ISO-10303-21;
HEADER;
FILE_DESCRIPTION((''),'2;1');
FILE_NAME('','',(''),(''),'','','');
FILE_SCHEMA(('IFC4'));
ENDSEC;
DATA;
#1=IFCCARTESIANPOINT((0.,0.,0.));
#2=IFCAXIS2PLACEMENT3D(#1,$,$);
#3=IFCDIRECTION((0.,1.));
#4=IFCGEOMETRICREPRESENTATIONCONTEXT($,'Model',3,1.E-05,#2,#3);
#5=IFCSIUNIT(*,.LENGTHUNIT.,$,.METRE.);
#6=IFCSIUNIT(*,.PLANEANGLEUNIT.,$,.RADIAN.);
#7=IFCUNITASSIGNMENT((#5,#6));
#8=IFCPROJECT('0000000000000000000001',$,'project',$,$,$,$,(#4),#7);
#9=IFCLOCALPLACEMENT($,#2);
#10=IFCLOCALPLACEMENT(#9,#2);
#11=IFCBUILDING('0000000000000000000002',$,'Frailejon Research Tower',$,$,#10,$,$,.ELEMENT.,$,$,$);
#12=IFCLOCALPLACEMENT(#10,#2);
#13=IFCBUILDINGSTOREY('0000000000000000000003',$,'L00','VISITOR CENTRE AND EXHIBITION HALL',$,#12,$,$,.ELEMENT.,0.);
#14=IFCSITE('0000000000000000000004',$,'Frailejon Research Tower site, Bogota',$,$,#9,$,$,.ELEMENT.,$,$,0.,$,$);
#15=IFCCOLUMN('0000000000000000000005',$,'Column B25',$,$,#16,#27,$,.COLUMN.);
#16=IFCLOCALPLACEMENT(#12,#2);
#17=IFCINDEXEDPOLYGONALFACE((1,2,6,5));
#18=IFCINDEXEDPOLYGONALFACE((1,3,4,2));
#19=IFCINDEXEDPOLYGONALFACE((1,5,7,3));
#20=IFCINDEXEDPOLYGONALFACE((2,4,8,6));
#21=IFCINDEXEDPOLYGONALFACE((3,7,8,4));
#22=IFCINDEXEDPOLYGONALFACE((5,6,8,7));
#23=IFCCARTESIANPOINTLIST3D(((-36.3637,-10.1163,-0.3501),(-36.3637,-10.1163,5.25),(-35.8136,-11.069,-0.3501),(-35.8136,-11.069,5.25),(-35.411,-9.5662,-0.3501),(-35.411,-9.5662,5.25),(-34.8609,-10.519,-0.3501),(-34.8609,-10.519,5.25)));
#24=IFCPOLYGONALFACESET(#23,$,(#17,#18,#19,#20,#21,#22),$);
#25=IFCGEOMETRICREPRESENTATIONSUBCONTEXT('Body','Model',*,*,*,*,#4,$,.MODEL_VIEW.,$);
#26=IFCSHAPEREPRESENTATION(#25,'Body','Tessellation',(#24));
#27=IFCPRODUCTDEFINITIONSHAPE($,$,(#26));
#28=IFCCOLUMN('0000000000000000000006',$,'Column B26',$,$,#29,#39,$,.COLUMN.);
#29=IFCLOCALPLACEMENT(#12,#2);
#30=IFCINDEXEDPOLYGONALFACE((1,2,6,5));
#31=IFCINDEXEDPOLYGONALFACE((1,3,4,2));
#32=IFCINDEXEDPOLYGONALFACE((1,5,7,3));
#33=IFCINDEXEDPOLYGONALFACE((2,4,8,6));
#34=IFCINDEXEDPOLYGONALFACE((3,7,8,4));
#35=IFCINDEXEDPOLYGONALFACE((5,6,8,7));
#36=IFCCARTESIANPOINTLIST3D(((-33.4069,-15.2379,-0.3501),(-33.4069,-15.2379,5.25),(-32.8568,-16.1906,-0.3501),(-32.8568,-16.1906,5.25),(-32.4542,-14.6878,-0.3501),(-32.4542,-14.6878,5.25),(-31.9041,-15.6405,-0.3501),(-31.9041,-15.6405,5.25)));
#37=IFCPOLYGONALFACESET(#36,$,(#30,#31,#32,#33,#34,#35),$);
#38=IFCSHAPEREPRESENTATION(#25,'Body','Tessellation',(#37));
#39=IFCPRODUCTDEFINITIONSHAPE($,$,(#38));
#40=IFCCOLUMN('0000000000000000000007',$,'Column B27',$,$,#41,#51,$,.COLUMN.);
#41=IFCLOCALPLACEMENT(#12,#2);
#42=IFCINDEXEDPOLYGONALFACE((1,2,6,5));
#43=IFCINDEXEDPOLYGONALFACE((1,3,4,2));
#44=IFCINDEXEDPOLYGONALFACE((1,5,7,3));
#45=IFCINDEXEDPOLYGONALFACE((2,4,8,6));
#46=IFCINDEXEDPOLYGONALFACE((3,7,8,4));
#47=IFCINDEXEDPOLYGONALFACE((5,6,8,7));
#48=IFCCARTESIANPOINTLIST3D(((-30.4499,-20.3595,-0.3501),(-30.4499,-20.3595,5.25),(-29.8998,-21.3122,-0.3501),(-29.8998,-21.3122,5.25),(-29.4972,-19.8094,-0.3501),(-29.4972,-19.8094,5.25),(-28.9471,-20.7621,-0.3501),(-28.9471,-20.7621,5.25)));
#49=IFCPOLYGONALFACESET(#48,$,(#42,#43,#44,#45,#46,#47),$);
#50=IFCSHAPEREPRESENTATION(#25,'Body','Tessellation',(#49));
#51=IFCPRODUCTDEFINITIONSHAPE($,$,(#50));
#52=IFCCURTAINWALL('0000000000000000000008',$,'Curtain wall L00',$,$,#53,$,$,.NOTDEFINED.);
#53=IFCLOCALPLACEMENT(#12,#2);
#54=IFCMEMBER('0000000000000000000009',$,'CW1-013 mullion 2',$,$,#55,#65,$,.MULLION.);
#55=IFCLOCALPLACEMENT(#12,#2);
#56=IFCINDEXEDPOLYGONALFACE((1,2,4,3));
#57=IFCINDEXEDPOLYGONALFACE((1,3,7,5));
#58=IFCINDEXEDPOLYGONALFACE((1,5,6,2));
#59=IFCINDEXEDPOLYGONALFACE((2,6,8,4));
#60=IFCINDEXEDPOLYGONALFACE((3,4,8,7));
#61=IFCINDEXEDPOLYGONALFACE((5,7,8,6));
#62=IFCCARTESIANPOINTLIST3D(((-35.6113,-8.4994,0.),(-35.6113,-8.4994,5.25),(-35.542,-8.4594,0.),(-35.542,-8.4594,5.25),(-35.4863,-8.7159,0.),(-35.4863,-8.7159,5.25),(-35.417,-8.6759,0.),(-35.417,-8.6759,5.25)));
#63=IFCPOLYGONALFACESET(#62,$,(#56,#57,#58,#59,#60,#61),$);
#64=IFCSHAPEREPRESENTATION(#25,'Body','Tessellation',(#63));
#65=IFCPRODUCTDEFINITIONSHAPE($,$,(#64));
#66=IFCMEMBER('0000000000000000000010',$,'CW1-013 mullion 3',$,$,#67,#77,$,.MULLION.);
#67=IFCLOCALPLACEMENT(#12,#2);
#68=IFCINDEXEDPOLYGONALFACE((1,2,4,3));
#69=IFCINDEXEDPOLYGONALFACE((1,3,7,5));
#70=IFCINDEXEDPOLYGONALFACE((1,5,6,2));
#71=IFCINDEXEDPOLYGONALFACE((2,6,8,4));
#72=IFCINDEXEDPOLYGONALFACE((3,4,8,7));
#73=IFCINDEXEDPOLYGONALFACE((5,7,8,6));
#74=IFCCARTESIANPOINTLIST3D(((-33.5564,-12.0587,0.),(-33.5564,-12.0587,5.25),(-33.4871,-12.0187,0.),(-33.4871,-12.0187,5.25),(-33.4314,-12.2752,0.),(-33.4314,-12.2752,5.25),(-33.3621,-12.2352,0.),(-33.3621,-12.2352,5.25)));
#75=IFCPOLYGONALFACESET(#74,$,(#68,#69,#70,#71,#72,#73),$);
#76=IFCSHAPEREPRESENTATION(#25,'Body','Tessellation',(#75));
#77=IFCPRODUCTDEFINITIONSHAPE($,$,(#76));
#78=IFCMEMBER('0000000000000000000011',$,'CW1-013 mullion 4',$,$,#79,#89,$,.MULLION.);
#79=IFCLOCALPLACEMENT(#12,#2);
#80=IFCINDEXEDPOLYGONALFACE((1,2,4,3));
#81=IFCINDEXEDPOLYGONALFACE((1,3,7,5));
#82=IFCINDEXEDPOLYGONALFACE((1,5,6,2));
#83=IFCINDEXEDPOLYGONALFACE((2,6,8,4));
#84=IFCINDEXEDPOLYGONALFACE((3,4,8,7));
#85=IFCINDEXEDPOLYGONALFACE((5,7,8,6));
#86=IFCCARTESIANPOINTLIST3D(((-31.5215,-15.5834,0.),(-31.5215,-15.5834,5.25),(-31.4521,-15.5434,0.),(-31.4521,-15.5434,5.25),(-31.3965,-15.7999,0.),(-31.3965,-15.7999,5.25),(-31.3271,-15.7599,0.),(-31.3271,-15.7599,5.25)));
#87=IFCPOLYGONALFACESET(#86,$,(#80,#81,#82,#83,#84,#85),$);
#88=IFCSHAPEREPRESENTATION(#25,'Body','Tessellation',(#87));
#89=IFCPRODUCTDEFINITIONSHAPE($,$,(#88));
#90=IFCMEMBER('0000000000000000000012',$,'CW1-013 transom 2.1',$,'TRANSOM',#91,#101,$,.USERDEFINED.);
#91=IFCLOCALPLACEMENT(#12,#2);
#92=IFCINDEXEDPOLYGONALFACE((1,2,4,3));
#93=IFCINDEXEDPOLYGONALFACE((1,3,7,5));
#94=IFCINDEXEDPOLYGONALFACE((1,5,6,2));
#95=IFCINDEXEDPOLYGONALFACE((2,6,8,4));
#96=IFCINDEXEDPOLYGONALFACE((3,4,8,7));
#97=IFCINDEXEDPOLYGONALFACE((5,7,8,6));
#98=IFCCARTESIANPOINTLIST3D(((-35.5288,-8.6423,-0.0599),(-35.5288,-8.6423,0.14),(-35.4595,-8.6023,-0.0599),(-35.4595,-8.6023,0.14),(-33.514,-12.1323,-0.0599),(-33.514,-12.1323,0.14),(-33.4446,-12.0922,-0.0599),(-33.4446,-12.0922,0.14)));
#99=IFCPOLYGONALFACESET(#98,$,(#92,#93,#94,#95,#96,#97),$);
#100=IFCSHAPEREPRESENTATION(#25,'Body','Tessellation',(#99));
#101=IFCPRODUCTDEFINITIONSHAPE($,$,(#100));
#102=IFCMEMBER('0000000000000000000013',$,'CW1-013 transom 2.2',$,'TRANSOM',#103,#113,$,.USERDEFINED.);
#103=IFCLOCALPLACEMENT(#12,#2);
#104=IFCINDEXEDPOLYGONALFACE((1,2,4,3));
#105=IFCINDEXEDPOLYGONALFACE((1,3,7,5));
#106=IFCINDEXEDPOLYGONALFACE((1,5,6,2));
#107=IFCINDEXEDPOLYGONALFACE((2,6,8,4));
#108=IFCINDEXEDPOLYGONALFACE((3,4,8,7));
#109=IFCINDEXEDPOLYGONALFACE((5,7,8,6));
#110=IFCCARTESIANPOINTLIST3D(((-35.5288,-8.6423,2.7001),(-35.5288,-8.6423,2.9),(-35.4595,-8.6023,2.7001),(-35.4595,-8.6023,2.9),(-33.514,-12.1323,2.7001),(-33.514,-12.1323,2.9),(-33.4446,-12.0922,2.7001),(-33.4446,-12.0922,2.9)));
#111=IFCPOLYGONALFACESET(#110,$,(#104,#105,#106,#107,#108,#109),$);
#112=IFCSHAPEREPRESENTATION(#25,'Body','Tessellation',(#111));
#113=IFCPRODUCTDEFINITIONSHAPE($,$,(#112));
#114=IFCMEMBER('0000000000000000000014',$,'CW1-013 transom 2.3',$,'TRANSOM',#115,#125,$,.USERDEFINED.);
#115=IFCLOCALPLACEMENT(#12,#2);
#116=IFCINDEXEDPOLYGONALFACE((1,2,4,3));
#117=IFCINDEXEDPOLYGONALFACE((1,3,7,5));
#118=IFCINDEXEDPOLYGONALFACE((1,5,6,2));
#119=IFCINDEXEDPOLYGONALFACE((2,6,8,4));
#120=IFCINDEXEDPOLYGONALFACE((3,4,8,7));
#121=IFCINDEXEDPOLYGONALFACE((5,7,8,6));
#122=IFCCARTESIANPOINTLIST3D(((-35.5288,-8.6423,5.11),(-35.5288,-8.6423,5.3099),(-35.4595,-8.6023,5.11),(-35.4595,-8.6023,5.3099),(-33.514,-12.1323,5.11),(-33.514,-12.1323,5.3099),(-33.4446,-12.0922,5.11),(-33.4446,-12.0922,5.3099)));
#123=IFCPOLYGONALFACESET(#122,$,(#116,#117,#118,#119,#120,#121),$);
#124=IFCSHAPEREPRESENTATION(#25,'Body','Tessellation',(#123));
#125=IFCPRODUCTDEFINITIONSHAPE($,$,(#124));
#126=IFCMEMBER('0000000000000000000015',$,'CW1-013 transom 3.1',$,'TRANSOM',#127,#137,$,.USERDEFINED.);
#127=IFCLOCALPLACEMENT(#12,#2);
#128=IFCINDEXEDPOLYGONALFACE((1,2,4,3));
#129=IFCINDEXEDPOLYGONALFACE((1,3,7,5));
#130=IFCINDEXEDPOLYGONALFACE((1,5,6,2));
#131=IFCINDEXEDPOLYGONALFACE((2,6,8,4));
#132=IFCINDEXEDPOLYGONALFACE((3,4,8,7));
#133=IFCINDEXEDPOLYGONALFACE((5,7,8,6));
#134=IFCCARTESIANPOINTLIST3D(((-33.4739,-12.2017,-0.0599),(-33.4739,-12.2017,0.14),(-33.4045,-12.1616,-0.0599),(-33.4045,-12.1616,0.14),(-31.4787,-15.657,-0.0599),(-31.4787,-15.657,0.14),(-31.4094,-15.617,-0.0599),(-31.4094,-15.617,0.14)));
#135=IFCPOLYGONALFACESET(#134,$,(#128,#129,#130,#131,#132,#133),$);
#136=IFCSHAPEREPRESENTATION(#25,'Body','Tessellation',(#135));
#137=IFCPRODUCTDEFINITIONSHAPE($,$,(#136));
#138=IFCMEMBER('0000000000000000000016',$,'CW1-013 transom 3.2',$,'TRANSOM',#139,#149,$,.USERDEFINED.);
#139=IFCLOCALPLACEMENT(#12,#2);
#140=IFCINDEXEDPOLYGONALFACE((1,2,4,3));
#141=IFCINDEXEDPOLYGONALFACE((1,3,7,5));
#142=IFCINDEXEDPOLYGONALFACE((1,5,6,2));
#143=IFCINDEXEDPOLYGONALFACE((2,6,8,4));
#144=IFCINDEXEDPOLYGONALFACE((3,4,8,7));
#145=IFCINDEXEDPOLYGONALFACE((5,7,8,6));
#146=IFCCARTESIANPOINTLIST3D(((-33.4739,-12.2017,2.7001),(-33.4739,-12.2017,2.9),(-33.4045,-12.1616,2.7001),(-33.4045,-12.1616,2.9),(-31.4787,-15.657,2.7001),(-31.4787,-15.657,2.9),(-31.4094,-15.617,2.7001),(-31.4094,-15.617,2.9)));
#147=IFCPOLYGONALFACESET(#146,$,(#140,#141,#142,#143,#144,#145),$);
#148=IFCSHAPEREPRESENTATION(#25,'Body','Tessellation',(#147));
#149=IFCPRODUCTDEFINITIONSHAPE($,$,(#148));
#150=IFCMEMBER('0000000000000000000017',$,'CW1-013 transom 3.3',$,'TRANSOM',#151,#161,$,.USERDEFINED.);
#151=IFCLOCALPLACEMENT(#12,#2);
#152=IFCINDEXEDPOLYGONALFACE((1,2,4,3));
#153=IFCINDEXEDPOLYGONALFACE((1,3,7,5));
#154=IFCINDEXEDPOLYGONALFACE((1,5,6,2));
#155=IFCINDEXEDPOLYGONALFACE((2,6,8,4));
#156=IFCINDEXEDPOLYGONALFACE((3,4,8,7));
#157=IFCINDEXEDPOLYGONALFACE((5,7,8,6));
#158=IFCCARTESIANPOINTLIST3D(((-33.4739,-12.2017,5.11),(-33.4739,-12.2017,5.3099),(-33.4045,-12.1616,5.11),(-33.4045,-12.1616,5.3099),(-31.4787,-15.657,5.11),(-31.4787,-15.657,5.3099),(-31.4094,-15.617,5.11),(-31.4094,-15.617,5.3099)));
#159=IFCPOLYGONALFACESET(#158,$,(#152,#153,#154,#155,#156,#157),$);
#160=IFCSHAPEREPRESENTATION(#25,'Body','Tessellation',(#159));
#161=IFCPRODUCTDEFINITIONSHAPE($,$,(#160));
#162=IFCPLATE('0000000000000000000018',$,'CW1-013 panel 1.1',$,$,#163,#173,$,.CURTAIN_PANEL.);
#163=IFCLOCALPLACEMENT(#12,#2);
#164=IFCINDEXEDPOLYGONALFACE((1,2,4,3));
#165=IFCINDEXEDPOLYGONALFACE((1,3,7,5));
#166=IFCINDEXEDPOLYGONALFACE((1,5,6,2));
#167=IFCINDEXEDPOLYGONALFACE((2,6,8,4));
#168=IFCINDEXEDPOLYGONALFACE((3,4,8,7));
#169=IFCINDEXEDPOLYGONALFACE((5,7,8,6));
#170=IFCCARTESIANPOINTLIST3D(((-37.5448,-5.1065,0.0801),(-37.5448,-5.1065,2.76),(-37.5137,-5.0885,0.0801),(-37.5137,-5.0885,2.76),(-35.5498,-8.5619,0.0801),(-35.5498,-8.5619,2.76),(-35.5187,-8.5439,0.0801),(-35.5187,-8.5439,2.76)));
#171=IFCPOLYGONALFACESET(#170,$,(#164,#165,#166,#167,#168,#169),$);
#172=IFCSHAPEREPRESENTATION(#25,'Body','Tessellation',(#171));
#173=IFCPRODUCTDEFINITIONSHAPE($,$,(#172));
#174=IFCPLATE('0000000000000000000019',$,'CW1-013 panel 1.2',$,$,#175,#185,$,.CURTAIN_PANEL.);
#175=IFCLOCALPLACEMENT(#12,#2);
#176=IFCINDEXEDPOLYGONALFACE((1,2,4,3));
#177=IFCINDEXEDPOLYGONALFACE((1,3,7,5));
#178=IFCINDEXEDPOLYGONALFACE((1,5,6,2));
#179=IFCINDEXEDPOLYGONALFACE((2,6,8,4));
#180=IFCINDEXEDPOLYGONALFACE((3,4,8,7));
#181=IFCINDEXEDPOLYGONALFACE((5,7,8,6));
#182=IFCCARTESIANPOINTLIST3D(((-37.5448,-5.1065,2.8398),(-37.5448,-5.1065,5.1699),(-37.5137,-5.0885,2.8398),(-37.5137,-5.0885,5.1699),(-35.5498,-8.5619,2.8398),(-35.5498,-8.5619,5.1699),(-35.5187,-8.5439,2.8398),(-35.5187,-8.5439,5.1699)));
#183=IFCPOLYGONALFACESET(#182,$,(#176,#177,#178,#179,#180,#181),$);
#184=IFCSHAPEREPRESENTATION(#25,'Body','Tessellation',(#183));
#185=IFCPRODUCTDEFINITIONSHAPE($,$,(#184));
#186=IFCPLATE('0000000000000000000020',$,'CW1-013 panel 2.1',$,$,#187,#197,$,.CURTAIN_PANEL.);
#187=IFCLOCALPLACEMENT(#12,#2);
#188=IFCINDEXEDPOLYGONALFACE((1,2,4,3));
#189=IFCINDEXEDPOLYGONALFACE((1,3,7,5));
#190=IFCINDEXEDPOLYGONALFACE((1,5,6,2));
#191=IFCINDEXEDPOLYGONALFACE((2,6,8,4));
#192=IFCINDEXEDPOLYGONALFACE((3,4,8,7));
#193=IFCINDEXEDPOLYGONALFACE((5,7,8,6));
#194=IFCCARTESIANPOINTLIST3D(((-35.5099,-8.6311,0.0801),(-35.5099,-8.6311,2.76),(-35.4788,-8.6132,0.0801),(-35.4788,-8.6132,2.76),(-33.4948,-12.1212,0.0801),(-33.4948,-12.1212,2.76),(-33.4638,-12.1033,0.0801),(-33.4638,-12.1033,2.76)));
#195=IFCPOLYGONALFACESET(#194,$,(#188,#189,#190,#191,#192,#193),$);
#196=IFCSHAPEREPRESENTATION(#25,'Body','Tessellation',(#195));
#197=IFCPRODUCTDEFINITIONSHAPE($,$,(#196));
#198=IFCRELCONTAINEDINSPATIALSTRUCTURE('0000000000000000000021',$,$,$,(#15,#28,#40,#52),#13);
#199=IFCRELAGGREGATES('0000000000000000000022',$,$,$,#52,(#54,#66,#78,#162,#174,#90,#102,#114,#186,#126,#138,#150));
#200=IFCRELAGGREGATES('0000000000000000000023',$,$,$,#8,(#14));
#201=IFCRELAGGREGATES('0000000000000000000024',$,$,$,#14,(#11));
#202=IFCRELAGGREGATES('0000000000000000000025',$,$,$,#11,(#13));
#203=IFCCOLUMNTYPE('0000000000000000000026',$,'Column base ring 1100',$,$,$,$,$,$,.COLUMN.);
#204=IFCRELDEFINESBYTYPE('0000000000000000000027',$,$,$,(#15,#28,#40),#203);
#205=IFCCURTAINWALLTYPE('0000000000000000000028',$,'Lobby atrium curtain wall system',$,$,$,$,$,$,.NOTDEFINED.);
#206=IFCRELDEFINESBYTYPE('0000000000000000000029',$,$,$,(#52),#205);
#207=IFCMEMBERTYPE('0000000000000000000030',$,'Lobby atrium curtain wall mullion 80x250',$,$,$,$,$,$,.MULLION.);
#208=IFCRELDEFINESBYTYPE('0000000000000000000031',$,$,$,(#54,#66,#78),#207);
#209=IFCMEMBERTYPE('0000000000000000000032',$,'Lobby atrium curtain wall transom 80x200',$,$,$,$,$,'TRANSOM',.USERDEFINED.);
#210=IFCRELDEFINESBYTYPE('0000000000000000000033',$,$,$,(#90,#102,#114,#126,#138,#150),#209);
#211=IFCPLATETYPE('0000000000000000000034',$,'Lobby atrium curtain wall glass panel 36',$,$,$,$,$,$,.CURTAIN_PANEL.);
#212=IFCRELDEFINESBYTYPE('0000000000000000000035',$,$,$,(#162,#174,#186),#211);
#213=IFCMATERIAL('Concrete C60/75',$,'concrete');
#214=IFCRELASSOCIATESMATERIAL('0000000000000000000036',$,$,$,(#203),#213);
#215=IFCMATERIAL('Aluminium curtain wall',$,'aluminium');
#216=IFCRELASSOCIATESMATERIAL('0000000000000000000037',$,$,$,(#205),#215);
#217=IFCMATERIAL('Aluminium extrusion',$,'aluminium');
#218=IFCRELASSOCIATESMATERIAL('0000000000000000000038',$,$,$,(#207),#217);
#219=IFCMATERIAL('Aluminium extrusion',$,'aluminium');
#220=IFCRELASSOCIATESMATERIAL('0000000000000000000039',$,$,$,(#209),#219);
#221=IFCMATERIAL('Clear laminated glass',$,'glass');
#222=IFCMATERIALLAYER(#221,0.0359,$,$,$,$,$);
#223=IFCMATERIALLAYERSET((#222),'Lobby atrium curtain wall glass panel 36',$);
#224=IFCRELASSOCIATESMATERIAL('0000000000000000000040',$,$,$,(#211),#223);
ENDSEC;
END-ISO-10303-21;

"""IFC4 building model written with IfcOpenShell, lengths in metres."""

from ifc_helpers import new_model, si_unit, direction, frame, origin, origin_2d, place, context, subcontext, project, spatial, rectangle, extrude, material, layer, layer_set, material_profile, profile_set, type_object, element, aggregate, save


model = new_model("IFC4")

# Units and contexts
model_context = context("Model", 3, precision=1e-05, world=origin(), true_north=direction((0.0, 1.0)))
body_context = subcontext(model_context, "Body", "Model", "MODEL_VIEW")
ifc_project = project(units=[si_unit("LENGTHUNIT", "METRE"), si_unit("PLANEANGLEUNIT", "RADIAN")], contexts=[model_context])

# Site, building, storey
site_placement = place(None, origin())
site = spatial("IfcSite", under=ifc_project, at=site_placement, Name="Frailejon Research Tower site, Bogota", CompositionType="ELEMENT", RefElevation=0.0)
building_placement = place(site_placement, origin())
building = spatial("IfcBuilding", under=site, at=building_placement, Name="Frailejon Research Tower", CompositionType="ELEMENT")
storey_placement = place(building_placement, origin())
storey = spatial("IfcBuildingStorey", under=building, at=storey_placement, Name="L00", Description="VISITOR CENTRE AND EXHIBITION HALL", CompositionType="ELEMENT", Elevation=0.0)

# Columns
ifc_material_1 = material(Name="Concrete C60/75", Category="concrete")
ifc_material_profile_1 = material_profile(ifc_material_1, rectangle(XDim=1.1001, YDim=1.1001, at=origin_2d()), Name="Column base ring 1100")
ifc_profile_set_1 = profile_set([ifc_material_profile_1], Name="Concrete C60/75")
column_type = type_object("IfcColumnType", Name="Column base ring 1100", PredefinedType="COLUMN", material=ifc_profile_set_1)
for number, where, z_axis, x_axis, name in (
    (1, (-35.6123, -10.3176, -0.3501), (0.0, 0.0, 1.0), (0.5, -0.866025, 0.0), "Column B25"),
    (2, (-32.6555, -15.4392, -0.3501), (0.0, 0.0, 1.0), (0.5, -0.866025, 0.0), "Column B26"),
    (3, (-29.6985, -20.5608, -0.3501), (0.0, 0.0, 1.0), (0.5, -0.866025, 0.0), "Column B27"),
):
    element("IfcColumn", number, at=place(storey_placement, frame(where, z_axis=z_axis, x_axis=x_axis)), inside=storey, type_object=column_type, Name=name, PredefinedType="COLUMN", context=body_context, shape_type="SweptSolid", body=[
        extrude(rectangle(XDim=1.1001, YDim=1.1001, at=origin_2d()), origin(), (0.0, 0.0, 1.0), 5.6001),
    ])

# Curtain wall, members, plates
ifc_material_2 = material(Name="Aluminium curtain wall", Category="aluminium")
curtain_wall_type = type_object("IfcCurtainWallType", Name="Lobby atrium curtain wall system", PredefinedType="NOTDEFINED", material=ifc_material_2)
curtain_wall_placement = place(storey_placement, origin())
curtain_wall = element("IfcCurtainWall", 4, at=curtain_wall_placement, inside=storey, type_object=curtain_wall_type, Name="Curtain wall L00", PredefinedType="NOTDEFINED")
ifc_material_3 = material(Name="Aluminium extrusion", Category="aluminium")
ifc_material_profile_2 = material_profile(ifc_material_3, rectangle(XDim=0.0801, YDim=0.25, at=origin_2d()), Name="Lobby atrium curtain wall mullion 80x250")
ifc_profile_set_2 = profile_set([ifc_material_profile_2], Name="Aluminium extrusion")
member_type_1 = type_object("IfcMemberType", Name="Lobby atrium curtain wall mullion 80x250", PredefinedType="MULLION", material=ifc_profile_set_2)
member_1_placement = place(storey_placement, frame((-35.5142, -8.5876, 0.0), z_axis=(0.0, 0.0, 1.0), x_axis=(0.866026, 0.5, 0.0)))
member_1 = element("IfcMember", 5, at=member_1_placement, type_object=member_type_1, Name="CW1-013 mullion 2", PredefinedType="MULLION", context=body_context, shape_type="SweptSolid", body=[
    extrude(rectangle(XDim=0.0801, YDim=0.25, at=origin_2d()), origin(), (0.0, 0.0, 1.0), 5.25),
])
member_2_placement = place(storey_placement, frame((-33.4592, -12.147, 0.0), z_axis=(0.0, 0.0, 1.0), x_axis=(0.866026, 0.5, 0.0)))
member_2 = element("IfcMember", 6, at=member_2_placement, type_object=member_type_1, Name="CW1-013 mullion 3", PredefinedType="MULLION", context=body_context, shape_type="SweptSolid", body=[
    extrude(rectangle(XDim=0.0801, YDim=0.25, at=origin_2d()), origin(), (0.0, 0.0, 1.0), 5.25),
])
member_3_placement = place(storey_placement, frame((-31.4243, -15.6716, 0.0), z_axis=(0.0, 0.0, 1.0), x_axis=(0.866026, 0.5, 0.0)))
member_3 = element("IfcMember", 7, at=member_3_placement, type_object=member_type_1, Name="CW1-013 mullion 4", PredefinedType="MULLION", context=body_context, shape_type="SweptSolid", body=[
    extrude(rectangle(XDim=0.0801, YDim=0.25, at=origin_2d()), origin(), (0.0, 0.0, 1.0), 5.25),
])
ifc_material_4 = material(Name="Aluminium extrusion", Category="aluminium")
ifc_material_profile_3 = material_profile(ifc_material_4, rectangle(XDim=0.0801, YDim=0.2, at=origin_2d()), Name="Lobby atrium curtain wall transom 80x200")
ifc_profile_set_3 = profile_set([ifc_material_profile_3], Name="Aluminium extrusion")
member_type_2 = type_object("IfcMemberType", Name="Lobby atrium curtain wall transom 80x200", ElementType="TRANSOM", PredefinedType="USERDEFINED", material=ifc_profile_set_3)
member_4_placement = place(storey_placement, frame((-35.4941, -8.6223, 0.04), z_axis=(0.49999, -0.866031, 0.0), x_axis=(0.866031, 0.49999, 0.0)))
member_4 = element("IfcMember", 8, at=member_4_placement, type_object=member_type_2, Name="CW1-013 transom 2.1", ObjectType="TRANSOM", PredefinedType="USERDEFINED", context=body_context, shape_type="SweptSolid", body=[
    extrude(rectangle(XDim=0.0801, YDim=0.2, at=origin_2d()), origin(), (0.0, 0.0, 1.0), 4.0298),
])
member_5_placement = place(storey_placement, frame((-35.4941, -8.6223, 2.8), z_axis=(0.49999, -0.866031, 0.0), x_axis=(0.866031, 0.49999, 0.0)))
member_5 = element("IfcMember", 9, at=member_5_placement, type_object=member_type_2, Name="CW1-013 transom 2.2", ObjectType="TRANSOM", PredefinedType="USERDEFINED", context=body_context, shape_type="SweptSolid", body=[
    extrude(rectangle(XDim=0.0801, YDim=0.2, at=origin_2d()), origin(), (0.0, 0.0, 1.0), 4.0298),
])
member_6_placement = place(storey_placement, frame((-35.4941, -8.6223, 5.21), z_axis=(0.49999, -0.866031, 0.0), x_axis=(0.866031, 0.49999, 0.0)))
member_6 = element("IfcMember", 10, at=member_6_placement, type_object=member_type_2, Name="CW1-013 transom 2.3", ObjectType="TRANSOM", PredefinedType="USERDEFINED", context=body_context, shape_type="SweptSolid", body=[
    extrude(rectangle(XDim=0.0801, YDim=0.2, at=origin_2d()), origin(), (0.0, 0.0, 1.0), 4.0298),
])
member_7_placement = place(storey_placement, frame((-33.4392, -12.1816, 0.04), z_axis=(0.500035, -0.866005, 0.0), x_axis=(0.866005, 0.500035, 0.0)))
member_7 = element("IfcMember", 11, at=member_7_placement, type_object=member_type_2, Name="CW1-013 transom 3.1", ObjectType="TRANSOM", PredefinedType="USERDEFINED", context=body_context, shape_type="SweptSolid", body=[
    extrude(rectangle(XDim=0.0801, YDim=0.2, at=origin_2d()), origin(), (0.0, 0.0, 1.0), 3.99),
])
member_8_placement = place(storey_placement, frame((-33.4392, -12.1816, 2.8), z_axis=(0.500035, -0.866005, 0.0), x_axis=(0.866005, 0.500035, 0.0)))
member_8 = element("IfcMember", 12, at=member_8_placement, type_object=member_type_2, Name="CW1-013 transom 3.2", ObjectType="TRANSOM", PredefinedType="USERDEFINED", context=body_context, shape_type="SweptSolid", body=[
    extrude(rectangle(XDim=0.0801, YDim=0.2, at=origin_2d()), origin(), (0.0, 0.0, 1.0), 3.99),
])
member_9_placement = place(storey_placement, frame((-33.4392, -12.1816, 5.21), z_axis=(0.500035, -0.866005, 0.0), x_axis=(0.866005, 0.500035, 0.0)))
member_9 = element("IfcMember", 13, at=member_9_placement, type_object=member_type_2, Name="CW1-013 transom 3.3", ObjectType="TRANSOM", PredefinedType="USERDEFINED", context=body_context, shape_type="SweptSolid", body=[
    extrude(rectangle(XDim=0.0801, YDim=0.2, at=origin_2d()), origin(), (0.0, 0.0, 1.0), 3.99),
])
ifc_material_5 = material(Name="Clear laminated glass", Category="glass")
ifc_layer_1 = layer(ifc_material_5, 0.0359)
ifc_layer_set_1 = layer_set([ifc_layer_1], Name="Lobby atrium curtain wall glass panel 36")
plate_type = type_object("IfcPlateType", Name="Lobby atrium curtain wall glass panel 36", PredefinedType="CURTAIN_PANEL", material=ifc_layer_set_1)
plate_1_placement = place(storey_placement, frame((-36.5317, -6.8252, 0.0801), z_axis=(0.0, 0.0, 1.0), x_axis=(0.5, -0.866026, 0.0)))
plate_1 = element("IfcPlate", 14, at=plate_1_placement, type_object=plate_type, Name="CW1-013 panel 1.1", PredefinedType="CURTAIN_PANEL", context=body_context, shape_type="SweptSolid", body=[
    extrude(rectangle(XDim=3.99, YDim=0.0359, at=origin_2d()), origin(), (0.0, 0.0, 1.0), 2.6799),
])
plate_2_placement = place(storey_placement, frame((-36.5317, -6.8252, 2.8398), z_axis=(0.0, 0.0, 1.0), x_axis=(0.5, -0.866026, 0.0)))
plate_2 = element("IfcPlate", 15, at=plate_2_placement, type_object=plate_type, Name="CW1-013 panel 1.2", PredefinedType="CURTAIN_PANEL", context=body_context, shape_type="SweptSolid", body=[
    extrude(rectangle(XDim=3.99, YDim=0.0359, at=origin_2d()), origin(), (0.0, 0.0, 1.0), 2.3301),
])
plate_3_placement = place(storey_placement, frame((-34.4868, -10.3672, 0.0801), z_axis=(0.0, 0.0, 1.0), x_axis=(0.5, -0.866026, 0.0)))
plate_3 = element("IfcPlate", 16, at=plate_3_placement, type_object=plate_type, Name="CW1-013 panel 2.1", PredefinedType="CURTAIN_PANEL", context=body_context, shape_type="SweptSolid", body=[
    extrude(rectangle(XDim=4.03, YDim=0.0359, at=origin_2d()), origin(), (0.0, 0.0, 1.0), 2.6799),
])
aggregate(curtain_wall, [member_1, member_2, member_3, plate_1, plate_2, member_4, member_5, member_6, plate_3, member_7, member_8, member_9])

save(model, "model.ifc")
